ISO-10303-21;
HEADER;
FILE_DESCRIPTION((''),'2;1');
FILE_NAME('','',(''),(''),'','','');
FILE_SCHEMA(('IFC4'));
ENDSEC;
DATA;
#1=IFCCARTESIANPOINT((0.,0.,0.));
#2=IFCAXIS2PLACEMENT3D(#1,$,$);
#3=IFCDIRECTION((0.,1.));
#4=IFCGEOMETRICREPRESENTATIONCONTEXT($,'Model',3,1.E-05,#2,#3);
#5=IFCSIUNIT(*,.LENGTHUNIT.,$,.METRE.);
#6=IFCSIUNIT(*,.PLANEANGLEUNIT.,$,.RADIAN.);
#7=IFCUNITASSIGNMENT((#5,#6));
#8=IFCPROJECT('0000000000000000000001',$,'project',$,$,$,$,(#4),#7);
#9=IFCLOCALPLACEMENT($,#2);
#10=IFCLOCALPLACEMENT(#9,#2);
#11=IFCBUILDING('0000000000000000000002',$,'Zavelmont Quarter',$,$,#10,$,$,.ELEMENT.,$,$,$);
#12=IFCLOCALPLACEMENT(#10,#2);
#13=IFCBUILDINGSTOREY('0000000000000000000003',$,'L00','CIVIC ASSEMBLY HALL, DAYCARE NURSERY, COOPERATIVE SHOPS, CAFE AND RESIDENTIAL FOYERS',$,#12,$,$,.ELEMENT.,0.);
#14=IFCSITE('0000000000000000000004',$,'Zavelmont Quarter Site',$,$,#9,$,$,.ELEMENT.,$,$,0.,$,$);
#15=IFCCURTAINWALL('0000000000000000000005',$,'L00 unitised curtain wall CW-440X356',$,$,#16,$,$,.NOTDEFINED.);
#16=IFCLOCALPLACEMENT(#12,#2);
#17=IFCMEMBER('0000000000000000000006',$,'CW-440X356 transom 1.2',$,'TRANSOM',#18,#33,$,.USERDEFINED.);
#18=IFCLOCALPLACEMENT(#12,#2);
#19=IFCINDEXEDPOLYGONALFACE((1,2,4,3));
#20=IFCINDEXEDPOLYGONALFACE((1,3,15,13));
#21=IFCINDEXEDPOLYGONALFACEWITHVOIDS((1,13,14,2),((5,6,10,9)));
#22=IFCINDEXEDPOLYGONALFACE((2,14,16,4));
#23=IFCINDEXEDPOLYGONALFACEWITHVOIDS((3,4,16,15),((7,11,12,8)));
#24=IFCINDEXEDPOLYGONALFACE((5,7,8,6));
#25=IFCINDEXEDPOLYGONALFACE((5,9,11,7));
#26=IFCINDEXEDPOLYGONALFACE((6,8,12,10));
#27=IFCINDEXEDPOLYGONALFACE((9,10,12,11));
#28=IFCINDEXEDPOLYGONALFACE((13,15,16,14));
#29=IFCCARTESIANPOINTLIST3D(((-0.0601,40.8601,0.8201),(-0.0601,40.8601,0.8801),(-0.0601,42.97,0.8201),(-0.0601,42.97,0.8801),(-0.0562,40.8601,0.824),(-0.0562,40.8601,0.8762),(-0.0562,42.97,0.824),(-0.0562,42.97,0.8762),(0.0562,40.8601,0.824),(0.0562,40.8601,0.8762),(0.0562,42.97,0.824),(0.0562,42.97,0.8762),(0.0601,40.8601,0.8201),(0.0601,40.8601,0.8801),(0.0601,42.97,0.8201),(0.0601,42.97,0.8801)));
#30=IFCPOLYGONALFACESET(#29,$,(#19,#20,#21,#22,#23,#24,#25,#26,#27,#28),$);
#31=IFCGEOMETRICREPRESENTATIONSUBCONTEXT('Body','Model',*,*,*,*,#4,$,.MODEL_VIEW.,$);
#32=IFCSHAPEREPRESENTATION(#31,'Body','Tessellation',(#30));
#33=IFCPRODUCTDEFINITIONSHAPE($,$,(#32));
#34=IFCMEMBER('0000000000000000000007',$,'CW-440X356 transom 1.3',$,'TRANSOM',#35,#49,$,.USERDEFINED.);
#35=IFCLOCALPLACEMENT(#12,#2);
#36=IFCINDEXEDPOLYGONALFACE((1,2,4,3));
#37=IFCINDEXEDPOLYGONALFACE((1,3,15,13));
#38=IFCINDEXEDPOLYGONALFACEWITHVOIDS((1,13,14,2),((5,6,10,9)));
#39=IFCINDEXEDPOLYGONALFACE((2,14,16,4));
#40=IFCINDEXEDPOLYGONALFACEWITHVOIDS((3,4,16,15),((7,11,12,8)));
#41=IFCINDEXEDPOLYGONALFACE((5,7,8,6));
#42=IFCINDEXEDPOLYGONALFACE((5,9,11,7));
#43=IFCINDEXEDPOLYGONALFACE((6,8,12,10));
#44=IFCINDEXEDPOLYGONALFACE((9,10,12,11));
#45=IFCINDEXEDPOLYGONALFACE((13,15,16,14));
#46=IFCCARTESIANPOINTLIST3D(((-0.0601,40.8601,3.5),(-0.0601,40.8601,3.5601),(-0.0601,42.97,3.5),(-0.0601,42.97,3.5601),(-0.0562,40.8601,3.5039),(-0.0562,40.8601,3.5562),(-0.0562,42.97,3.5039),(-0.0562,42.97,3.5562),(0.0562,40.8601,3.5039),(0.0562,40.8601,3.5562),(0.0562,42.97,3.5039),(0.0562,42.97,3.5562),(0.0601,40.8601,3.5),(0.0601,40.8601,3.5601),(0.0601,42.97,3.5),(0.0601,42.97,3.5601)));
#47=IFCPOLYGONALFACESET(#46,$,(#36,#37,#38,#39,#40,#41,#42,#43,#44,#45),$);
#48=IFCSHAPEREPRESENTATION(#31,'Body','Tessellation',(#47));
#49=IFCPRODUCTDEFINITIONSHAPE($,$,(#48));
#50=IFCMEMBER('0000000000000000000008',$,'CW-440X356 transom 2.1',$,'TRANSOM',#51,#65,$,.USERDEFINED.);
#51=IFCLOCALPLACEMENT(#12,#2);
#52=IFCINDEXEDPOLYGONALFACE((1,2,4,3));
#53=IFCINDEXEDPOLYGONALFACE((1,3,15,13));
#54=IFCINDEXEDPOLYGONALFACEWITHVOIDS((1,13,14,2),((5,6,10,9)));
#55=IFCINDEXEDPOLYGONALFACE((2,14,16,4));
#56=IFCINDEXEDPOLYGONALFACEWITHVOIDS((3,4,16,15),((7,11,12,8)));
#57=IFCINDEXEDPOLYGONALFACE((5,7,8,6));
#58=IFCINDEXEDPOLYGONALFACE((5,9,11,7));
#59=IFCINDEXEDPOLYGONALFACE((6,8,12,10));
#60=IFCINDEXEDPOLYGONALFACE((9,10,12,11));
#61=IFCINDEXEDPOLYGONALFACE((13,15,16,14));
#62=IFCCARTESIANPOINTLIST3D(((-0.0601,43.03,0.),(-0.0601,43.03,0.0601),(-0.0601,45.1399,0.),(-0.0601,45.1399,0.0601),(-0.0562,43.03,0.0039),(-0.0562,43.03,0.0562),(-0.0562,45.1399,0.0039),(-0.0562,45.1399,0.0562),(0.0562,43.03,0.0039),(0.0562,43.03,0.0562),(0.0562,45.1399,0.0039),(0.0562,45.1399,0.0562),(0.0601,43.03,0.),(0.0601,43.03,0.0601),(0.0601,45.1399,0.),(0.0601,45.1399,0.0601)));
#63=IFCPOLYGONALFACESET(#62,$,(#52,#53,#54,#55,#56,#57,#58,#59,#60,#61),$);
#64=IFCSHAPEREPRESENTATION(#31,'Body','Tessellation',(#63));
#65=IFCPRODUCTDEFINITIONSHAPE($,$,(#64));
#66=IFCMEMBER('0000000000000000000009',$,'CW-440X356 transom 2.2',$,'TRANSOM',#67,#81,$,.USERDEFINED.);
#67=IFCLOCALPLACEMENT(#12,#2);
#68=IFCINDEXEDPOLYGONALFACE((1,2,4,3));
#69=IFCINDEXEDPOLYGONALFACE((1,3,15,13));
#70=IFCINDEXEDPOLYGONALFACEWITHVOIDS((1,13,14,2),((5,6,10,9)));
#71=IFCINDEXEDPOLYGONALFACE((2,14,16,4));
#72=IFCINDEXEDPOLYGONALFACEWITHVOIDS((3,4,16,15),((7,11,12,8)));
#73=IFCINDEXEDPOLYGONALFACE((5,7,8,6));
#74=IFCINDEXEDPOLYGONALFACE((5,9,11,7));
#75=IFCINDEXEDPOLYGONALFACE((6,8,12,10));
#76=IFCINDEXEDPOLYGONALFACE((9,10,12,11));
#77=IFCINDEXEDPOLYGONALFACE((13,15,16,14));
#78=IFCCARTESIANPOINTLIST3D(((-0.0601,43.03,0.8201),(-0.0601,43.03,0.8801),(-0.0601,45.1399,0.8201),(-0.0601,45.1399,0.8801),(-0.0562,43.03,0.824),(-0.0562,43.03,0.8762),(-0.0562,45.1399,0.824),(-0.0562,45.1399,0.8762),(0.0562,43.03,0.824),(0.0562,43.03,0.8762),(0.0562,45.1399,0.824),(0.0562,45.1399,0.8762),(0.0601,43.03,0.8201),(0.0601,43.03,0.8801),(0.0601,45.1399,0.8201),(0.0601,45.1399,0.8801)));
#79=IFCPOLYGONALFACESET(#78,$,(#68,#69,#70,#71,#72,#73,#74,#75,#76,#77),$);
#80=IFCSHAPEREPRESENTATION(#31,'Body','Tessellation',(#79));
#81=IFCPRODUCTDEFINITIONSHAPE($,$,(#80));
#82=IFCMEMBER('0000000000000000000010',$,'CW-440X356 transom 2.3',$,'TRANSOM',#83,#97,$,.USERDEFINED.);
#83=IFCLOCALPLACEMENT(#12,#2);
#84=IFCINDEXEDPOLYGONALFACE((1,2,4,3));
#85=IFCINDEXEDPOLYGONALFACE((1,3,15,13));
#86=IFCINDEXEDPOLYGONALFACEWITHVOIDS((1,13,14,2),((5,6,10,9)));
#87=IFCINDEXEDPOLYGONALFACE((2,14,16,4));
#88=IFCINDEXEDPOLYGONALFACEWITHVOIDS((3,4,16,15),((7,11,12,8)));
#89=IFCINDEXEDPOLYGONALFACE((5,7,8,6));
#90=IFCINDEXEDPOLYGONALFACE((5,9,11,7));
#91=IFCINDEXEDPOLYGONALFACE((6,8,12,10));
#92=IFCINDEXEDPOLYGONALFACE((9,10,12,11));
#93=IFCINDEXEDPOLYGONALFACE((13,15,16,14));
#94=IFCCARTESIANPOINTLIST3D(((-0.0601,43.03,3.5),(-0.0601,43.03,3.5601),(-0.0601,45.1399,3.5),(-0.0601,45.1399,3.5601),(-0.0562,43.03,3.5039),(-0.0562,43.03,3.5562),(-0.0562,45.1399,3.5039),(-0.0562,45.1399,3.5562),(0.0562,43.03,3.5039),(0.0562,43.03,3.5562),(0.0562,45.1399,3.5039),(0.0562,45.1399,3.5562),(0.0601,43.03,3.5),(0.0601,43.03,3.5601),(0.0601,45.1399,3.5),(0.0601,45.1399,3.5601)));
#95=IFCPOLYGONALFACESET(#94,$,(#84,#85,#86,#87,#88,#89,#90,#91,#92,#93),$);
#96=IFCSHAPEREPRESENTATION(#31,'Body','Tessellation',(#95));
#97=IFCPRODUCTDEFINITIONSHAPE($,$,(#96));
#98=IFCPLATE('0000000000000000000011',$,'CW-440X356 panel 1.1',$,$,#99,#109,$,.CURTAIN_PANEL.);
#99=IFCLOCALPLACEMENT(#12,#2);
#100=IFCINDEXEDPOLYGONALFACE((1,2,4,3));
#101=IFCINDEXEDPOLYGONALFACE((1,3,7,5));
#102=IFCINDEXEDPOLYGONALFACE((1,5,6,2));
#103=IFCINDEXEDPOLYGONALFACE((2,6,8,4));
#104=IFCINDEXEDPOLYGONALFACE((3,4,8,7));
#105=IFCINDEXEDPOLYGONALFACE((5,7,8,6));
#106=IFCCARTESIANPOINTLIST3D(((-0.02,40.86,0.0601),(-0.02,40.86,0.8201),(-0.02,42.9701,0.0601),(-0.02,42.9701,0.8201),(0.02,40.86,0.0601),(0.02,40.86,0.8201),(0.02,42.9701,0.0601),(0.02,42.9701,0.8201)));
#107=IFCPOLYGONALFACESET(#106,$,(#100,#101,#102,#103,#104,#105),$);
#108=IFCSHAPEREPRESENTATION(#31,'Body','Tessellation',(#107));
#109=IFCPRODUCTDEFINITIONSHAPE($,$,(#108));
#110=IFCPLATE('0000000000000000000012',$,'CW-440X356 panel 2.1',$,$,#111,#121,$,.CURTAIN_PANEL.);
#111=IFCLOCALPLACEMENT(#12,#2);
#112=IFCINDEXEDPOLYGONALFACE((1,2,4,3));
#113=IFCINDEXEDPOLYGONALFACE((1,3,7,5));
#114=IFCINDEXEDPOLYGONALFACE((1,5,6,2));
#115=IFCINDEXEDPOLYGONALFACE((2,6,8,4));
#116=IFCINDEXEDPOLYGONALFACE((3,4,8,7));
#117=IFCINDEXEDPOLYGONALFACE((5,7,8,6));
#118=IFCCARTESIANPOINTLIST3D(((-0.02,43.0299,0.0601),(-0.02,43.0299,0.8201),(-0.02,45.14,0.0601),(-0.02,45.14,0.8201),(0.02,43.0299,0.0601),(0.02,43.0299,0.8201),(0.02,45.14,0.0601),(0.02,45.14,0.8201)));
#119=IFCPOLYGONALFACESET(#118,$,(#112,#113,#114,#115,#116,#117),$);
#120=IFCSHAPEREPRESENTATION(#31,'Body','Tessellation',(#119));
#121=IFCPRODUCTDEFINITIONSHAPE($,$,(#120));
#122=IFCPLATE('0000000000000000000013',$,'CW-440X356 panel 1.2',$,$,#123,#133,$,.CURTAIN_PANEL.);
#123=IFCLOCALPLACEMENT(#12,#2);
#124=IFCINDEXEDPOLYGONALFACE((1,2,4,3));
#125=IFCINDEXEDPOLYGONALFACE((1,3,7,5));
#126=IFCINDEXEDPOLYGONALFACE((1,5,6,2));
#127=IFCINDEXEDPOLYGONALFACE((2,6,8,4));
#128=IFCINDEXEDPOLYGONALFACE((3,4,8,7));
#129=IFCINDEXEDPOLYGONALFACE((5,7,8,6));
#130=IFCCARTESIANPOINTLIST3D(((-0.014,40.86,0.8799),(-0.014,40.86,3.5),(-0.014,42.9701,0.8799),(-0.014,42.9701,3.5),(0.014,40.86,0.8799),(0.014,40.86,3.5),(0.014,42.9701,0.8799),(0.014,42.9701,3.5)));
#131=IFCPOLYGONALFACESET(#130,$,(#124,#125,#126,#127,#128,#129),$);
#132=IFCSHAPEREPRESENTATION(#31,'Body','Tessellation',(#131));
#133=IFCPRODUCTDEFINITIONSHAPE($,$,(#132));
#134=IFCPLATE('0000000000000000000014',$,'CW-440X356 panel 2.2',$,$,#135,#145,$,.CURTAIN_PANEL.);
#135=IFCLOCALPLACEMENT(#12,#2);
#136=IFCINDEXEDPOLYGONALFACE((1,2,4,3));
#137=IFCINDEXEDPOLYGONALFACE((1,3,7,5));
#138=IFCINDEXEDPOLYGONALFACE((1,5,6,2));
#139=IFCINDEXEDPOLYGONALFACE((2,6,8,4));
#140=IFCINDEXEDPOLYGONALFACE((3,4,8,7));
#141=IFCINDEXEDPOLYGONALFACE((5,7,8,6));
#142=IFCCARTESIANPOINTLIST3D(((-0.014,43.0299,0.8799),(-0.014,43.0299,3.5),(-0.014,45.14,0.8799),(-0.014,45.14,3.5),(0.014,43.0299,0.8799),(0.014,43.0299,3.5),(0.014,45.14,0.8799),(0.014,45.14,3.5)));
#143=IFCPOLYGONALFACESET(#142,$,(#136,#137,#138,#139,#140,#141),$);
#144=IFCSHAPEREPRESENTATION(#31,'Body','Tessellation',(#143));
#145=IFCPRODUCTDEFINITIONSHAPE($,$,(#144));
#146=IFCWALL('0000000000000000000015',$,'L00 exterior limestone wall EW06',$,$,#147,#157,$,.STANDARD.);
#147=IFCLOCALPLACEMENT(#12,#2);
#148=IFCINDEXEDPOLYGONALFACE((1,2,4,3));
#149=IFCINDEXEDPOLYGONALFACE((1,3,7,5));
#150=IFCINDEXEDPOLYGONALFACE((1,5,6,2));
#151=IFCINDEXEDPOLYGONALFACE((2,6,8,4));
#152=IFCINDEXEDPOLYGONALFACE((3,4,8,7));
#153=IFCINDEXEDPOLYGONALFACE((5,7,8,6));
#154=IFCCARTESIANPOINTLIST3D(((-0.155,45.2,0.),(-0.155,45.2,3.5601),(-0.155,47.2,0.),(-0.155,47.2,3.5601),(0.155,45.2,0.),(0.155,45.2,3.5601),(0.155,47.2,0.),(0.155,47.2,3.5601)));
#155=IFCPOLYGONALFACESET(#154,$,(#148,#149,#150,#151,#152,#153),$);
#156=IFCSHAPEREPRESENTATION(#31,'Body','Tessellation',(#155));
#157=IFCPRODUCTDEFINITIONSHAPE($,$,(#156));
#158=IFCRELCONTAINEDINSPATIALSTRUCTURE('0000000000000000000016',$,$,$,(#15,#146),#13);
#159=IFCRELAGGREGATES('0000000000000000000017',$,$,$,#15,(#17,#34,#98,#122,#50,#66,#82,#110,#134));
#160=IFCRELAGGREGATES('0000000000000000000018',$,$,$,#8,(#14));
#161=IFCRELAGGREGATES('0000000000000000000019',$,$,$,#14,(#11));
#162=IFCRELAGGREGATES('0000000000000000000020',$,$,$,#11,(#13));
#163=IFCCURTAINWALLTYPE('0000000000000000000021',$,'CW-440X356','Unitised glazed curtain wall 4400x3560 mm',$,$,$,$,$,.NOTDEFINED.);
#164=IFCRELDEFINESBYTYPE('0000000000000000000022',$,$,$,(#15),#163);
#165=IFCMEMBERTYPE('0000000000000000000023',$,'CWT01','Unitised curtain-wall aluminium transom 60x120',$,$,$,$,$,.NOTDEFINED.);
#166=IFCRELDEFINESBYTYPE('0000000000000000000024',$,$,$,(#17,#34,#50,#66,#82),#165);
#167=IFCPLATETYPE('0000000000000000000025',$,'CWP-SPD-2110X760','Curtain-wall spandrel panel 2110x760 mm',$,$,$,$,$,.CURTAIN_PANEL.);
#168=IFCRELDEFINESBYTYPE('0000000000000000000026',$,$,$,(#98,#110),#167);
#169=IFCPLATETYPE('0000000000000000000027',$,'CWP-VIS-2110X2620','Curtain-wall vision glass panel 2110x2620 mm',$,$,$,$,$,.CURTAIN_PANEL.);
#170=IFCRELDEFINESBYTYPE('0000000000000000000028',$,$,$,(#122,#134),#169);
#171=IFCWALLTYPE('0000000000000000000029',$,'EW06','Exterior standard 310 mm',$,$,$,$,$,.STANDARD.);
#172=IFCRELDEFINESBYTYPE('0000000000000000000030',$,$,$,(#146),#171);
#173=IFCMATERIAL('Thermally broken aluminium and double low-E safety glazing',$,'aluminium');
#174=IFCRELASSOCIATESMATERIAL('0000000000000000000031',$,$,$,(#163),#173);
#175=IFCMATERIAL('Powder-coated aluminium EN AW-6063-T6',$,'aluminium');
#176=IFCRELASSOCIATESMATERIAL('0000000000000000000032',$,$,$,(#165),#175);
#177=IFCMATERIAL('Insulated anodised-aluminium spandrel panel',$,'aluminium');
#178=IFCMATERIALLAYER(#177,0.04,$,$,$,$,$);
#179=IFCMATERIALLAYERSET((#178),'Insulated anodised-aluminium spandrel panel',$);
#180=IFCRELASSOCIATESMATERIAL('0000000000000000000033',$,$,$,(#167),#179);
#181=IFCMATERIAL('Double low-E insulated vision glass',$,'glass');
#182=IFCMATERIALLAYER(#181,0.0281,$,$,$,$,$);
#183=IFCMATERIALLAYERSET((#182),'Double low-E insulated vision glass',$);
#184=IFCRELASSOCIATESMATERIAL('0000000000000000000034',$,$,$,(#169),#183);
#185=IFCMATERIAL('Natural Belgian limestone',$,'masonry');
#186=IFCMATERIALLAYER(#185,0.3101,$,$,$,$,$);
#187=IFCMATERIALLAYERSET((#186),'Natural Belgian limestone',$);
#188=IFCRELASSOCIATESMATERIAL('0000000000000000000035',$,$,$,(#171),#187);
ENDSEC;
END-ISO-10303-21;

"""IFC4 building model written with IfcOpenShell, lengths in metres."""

from ifc_helpers import new_model, si_unit, direction, frame, frame_2d, origin, origin_2d, place, context, subcontext, project, spatial, rectangle, hollow_rectangle, extrude, material, layer, layer_set, material_profile, profile_set, type_object, element, aggregate, save


model = new_model("IFC4")

# Units and contexts
model_context = context("Model", 3, precision=1e-05, world=origin(), true_north=direction((0.0, 1.0)))
body_context = subcontext(model_context, "Body", "Model", "MODEL_VIEW")
ifc_project = project(units=[si_unit("LENGTHUNIT", "METRE"), si_unit("PLANEANGLEUNIT", "RADIAN")], contexts=[model_context])

# Site, building, storey
site_placement = place(None, origin())
site = spatial("IfcSite", under=ifc_project, at=site_placement, Name="Zavelmont Quarter Site", CompositionType="ELEMENT", RefElevation=0.0)
building_placement = place(site_placement, origin())
building = spatial("IfcBuilding", under=site, at=building_placement, Name="Zavelmont Quarter", CompositionType="ELEMENT")
storey_placement = place(building_placement, origin())
storey = spatial("IfcBuildingStorey", under=building, at=storey_placement, Name="L00", Description="CIVIC ASSEMBLY HALL, DAYCARE NURSERY, COOPERATIVE SHOPS, CAFE AND RESIDENTIAL FOYERS", CompositionType="ELEMENT", Elevation=0.0)

# Curtain wall, members, plates
ifc_material_1 = material(Name="Thermally broken aluminium and double low-E safety glazing", Category="aluminium")
curtain_wall_type = type_object("IfcCurtainWallType", Name="CW-440X356", Description="Unitised glazed curtain wall 4400x3560 mm", PredefinedType="NOTDEFINED", material=ifc_material_1)
curtain_wall_placement = place(storey_placement, origin())
curtain_wall = element("IfcCurtainWall", 1, at=curtain_wall_placement, inside=storey, type_object=curtain_wall_type, Name="L00 unitised curtain wall CW-440X356", PredefinedType="NOTDEFINED")
ifc_material_2 = material(Name="Powder-coated aluminium EN AW-6063-T6", Category="aluminium")
ifc_material_profile_1 = material_profile(ifc_material_2, hollow_rectangle(XDim=0.1201, YDim=0.0601, WallThickness=0.0039, at=origin_2d()), Name="CWT60X120")
ifc_profile_set_1 = profile_set([ifc_material_profile_1], Name="Powder-coated aluminium EN AW-6063-T6")
member_type_1 = type_object("IfcMemberType", Name="CWT01", Description="Unitised curtain-wall aluminium transom 60x120", PredefinedType="NOTDEFINED", material=ifc_profile_set_1)
member_1_placement = place(storey_placement, frame((0.0, 40.8601, 0.8501), z_axis=(0.0, 1.0, 0.0), x_axis=(-1.0, 0.0, 0.0)))
member_1 = element("IfcMember", 2, at=member_1_placement, type_object=member_type_1, Name="CW-440X356 transom 1.2", ObjectType="TRANSOM", PredefinedType="USERDEFINED", context=body_context, shape_type="SweptSolid", body=[
    extrude(hollow_rectangle(XDim=0.1201, YDim=0.0601, WallThickness=0.0039, at=origin_2d()), origin(), (0.0, 0.0, 1.0), 2.1099),
])
member_2_placement = place(storey_placement, frame((0.0, 40.8601, 3.53), z_axis=(0.0, 1.0, 0.0), x_axis=(-1.0, 0.0, 0.0)))
member_2 = element("IfcMember", 3, at=member_2_placement, type_object=member_type_1, Name="CW-440X356 transom 1.3", ObjectType="TRANSOM", PredefinedType="USERDEFINED", context=body_context, shape_type="SweptSolid", body=[
    extrude(hollow_rectangle(XDim=0.1201, YDim=0.0601, WallThickness=0.0039, at=origin_2d()), origin(), (0.0, 0.0, 1.0), 2.1099),
])
member_3_placement = place(storey_placement, frame((0.0, 43.03, 0.03), z_axis=(0.0, 1.0, 0.0), x_axis=(-1.0, 0.0, 0.0)))
member_3 = element("IfcMember", 4, at=member_3_placement, type_object=member_type_1, Name="CW-440X356 transom 2.1", ObjectType="TRANSOM", PredefinedType="USERDEFINED", context=body_context, shape_type="SweptSolid", body=[
    extrude(hollow_rectangle(XDim=0.1201, YDim=0.0601, WallThickness=0.0039, at=origin_2d()), origin(), (0.0, 0.0, 1.0), 2.1099),
])
member_4_placement = place(storey_placement, frame((0.0, 43.03, 0.8501), z_axis=(0.0, 1.0, 0.0), x_axis=(-1.0, 0.0, 0.0)))
member_4 = element("IfcMember", 5, at=member_4_placement, type_object=member_type_1, Name="CW-440X356 transom 2.2", ObjectType="TRANSOM", PredefinedType="USERDEFINED", context=body_context, shape_type="SweptSolid", body=[
    extrude(hollow_rectangle(XDim=0.1201, YDim=0.0601, WallThickness=0.0039, at=origin_2d()), origin(), (0.0, 0.0, 1.0), 2.1099),
])
member_5_placement = place(storey_placement, frame((0.0, 43.03, 3.53), z_axis=(0.0, 1.0, 0.0), x_axis=(-1.0, 0.0, 0.0)))
member_5 = element("IfcMember", 6, at=member_5_placement, type_object=member_type_1, Name="CW-440X356 transom 2.3", ObjectType="TRANSOM", PredefinedType="USERDEFINED", context=body_context, shape_type="SweptSolid", body=[
    extrude(hollow_rectangle(XDim=0.1201, YDim=0.0601, WallThickness=0.0039, at=origin_2d()), origin(), (0.0, 0.0, 1.0), 2.1099),
])
ifc_material_3 = material(Name="Insulated anodised-aluminium spandrel panel", Category="aluminium")
ifc_layer_1 = layer(ifc_material_3, 0.04)
ifc_layer_set_1 = layer_set([ifc_layer_1], Name="Insulated anodised-aluminium spandrel panel")
plate_type_1 = type_object("IfcPlateType", Name="CWP-SPD-2110X760", Description="Curtain-wall spandrel panel 2110x760 mm", PredefinedType="CURTAIN_PANEL", material=ifc_layer_set_1)
plate_1_placement = place(storey_placement, frame((0.0, 41.915, 0.0601), z_axis=(0.0, 0.0, 1.0), x_axis=(0.0, 1.0, 0.0)))
plate_1 = element("IfcPlate", 7, at=plate_1_placement, type_object=plate_type_1, Name="CW-440X356 panel 1.1", PredefinedType="CURTAIN_PANEL", context=body_context, shape_type="SweptSolid", body=[
    extrude(rectangle(XDim=2.1101, YDim=0.04, at=origin_2d()), origin(), (0.0, 0.0, 1.0), 0.76),
])
plate_2_placement = place(storey_placement, frame((0.0, 44.085, 0.0601), z_axis=(0.0, 0.0, 1.0), x_axis=(0.0, 1.0, 0.0)))
plate_2 = element("IfcPlate", 8, at=plate_2_placement, type_object=plate_type_1, Name="CW-440X356 panel 2.1", PredefinedType="CURTAIN_PANEL", context=body_context, shape_type="SweptSolid", body=[
    extrude(rectangle(XDim=2.1101, YDim=0.04, at=origin_2d()), origin(), (0.0, 0.0, 1.0), 0.76),
])
ifc_material_4 = material(Name="Double low-E insulated vision glass", Category="glass")
ifc_layer_2 = layer(ifc_material_4, 0.0281)
ifc_layer_set_2 = layer_set([ifc_layer_2], Name="Double low-E insulated vision glass")
plate_type_2 = type_object("IfcPlateType", Name="CWP-VIS-2110X2620", Description="Curtain-wall vision glass panel 2110x2620 mm", PredefinedType="CURTAIN_PANEL", material=ifc_layer_set_2)
plate_3_placement = place(storey_placement, frame((0.0, 41.915, 0.8799), z_axis=(0.0, 0.0, 1.0), x_axis=(0.0, 1.0, 0.0)))
plate_3 = element("IfcPlate", 9, at=plate_3_placement, type_object=plate_type_2, Name="CW-440X356 panel 1.2", PredefinedType="CURTAIN_PANEL", context=body_context, shape_type="SweptSolid", body=[
    extrude(rectangle(XDim=2.1101, YDim=0.0281, at=origin_2d()), origin(), (0.0, 0.0, 1.0), 2.6201),
])
plate_4_placement = place(storey_placement, frame((0.0, 44.085, 0.8799), z_axis=(0.0, 0.0, 1.0), x_axis=(0.0, 1.0, 0.0)))
plate_4 = element("IfcPlate", 10, at=plate_4_placement, type_object=plate_type_2, Name="CW-440X356 panel 2.2", PredefinedType="CURTAIN_PANEL", context=body_context, shape_type="SweptSolid", body=[
    extrude(rectangle(XDim=2.1101, YDim=0.0281, at=origin_2d()), origin(), (0.0, 0.0, 1.0), 2.6201),
])
aggregate(curtain_wall, [member_1, member_2, plate_1, plate_3, member_3, member_4, member_5, plate_2, plate_4])

# Wall
ifc_material_5 = material(Name="Natural Belgian limestone", Category="masonry")
ifc_layer_3 = layer(ifc_material_5, 0.3101)
ifc_layer_set_3 = layer_set([ifc_layer_3], Name="Natural Belgian limestone")
wall_type_1 = type_object("IfcWallType", Name="EW06", Description="Exterior standard 310 mm", PredefinedType="STANDARD", material=ifc_layer_set_3)
wall_1_placement = place(storey_placement, frame((0.0, 45.2, 0.0), z_axis=(0.0, 0.0, 1.0), x_axis=(0.0, 1.0, 0.0)))
element("IfcWall", 11, at=wall_1_placement, inside=storey, type_object=wall_type_1, Name="L00 exterior limestone wall EW06", PredefinedType="STANDARD", context=body_context, shape_type="SweptSolid", body=[
    extrude(rectangle(XDim=2.0, YDim=0.3101, at=frame_2d((1.0, 0.0))), origin(), (0.0, 0.0, 1.0), 3.5601),
])

save(model, "model.ifc")
